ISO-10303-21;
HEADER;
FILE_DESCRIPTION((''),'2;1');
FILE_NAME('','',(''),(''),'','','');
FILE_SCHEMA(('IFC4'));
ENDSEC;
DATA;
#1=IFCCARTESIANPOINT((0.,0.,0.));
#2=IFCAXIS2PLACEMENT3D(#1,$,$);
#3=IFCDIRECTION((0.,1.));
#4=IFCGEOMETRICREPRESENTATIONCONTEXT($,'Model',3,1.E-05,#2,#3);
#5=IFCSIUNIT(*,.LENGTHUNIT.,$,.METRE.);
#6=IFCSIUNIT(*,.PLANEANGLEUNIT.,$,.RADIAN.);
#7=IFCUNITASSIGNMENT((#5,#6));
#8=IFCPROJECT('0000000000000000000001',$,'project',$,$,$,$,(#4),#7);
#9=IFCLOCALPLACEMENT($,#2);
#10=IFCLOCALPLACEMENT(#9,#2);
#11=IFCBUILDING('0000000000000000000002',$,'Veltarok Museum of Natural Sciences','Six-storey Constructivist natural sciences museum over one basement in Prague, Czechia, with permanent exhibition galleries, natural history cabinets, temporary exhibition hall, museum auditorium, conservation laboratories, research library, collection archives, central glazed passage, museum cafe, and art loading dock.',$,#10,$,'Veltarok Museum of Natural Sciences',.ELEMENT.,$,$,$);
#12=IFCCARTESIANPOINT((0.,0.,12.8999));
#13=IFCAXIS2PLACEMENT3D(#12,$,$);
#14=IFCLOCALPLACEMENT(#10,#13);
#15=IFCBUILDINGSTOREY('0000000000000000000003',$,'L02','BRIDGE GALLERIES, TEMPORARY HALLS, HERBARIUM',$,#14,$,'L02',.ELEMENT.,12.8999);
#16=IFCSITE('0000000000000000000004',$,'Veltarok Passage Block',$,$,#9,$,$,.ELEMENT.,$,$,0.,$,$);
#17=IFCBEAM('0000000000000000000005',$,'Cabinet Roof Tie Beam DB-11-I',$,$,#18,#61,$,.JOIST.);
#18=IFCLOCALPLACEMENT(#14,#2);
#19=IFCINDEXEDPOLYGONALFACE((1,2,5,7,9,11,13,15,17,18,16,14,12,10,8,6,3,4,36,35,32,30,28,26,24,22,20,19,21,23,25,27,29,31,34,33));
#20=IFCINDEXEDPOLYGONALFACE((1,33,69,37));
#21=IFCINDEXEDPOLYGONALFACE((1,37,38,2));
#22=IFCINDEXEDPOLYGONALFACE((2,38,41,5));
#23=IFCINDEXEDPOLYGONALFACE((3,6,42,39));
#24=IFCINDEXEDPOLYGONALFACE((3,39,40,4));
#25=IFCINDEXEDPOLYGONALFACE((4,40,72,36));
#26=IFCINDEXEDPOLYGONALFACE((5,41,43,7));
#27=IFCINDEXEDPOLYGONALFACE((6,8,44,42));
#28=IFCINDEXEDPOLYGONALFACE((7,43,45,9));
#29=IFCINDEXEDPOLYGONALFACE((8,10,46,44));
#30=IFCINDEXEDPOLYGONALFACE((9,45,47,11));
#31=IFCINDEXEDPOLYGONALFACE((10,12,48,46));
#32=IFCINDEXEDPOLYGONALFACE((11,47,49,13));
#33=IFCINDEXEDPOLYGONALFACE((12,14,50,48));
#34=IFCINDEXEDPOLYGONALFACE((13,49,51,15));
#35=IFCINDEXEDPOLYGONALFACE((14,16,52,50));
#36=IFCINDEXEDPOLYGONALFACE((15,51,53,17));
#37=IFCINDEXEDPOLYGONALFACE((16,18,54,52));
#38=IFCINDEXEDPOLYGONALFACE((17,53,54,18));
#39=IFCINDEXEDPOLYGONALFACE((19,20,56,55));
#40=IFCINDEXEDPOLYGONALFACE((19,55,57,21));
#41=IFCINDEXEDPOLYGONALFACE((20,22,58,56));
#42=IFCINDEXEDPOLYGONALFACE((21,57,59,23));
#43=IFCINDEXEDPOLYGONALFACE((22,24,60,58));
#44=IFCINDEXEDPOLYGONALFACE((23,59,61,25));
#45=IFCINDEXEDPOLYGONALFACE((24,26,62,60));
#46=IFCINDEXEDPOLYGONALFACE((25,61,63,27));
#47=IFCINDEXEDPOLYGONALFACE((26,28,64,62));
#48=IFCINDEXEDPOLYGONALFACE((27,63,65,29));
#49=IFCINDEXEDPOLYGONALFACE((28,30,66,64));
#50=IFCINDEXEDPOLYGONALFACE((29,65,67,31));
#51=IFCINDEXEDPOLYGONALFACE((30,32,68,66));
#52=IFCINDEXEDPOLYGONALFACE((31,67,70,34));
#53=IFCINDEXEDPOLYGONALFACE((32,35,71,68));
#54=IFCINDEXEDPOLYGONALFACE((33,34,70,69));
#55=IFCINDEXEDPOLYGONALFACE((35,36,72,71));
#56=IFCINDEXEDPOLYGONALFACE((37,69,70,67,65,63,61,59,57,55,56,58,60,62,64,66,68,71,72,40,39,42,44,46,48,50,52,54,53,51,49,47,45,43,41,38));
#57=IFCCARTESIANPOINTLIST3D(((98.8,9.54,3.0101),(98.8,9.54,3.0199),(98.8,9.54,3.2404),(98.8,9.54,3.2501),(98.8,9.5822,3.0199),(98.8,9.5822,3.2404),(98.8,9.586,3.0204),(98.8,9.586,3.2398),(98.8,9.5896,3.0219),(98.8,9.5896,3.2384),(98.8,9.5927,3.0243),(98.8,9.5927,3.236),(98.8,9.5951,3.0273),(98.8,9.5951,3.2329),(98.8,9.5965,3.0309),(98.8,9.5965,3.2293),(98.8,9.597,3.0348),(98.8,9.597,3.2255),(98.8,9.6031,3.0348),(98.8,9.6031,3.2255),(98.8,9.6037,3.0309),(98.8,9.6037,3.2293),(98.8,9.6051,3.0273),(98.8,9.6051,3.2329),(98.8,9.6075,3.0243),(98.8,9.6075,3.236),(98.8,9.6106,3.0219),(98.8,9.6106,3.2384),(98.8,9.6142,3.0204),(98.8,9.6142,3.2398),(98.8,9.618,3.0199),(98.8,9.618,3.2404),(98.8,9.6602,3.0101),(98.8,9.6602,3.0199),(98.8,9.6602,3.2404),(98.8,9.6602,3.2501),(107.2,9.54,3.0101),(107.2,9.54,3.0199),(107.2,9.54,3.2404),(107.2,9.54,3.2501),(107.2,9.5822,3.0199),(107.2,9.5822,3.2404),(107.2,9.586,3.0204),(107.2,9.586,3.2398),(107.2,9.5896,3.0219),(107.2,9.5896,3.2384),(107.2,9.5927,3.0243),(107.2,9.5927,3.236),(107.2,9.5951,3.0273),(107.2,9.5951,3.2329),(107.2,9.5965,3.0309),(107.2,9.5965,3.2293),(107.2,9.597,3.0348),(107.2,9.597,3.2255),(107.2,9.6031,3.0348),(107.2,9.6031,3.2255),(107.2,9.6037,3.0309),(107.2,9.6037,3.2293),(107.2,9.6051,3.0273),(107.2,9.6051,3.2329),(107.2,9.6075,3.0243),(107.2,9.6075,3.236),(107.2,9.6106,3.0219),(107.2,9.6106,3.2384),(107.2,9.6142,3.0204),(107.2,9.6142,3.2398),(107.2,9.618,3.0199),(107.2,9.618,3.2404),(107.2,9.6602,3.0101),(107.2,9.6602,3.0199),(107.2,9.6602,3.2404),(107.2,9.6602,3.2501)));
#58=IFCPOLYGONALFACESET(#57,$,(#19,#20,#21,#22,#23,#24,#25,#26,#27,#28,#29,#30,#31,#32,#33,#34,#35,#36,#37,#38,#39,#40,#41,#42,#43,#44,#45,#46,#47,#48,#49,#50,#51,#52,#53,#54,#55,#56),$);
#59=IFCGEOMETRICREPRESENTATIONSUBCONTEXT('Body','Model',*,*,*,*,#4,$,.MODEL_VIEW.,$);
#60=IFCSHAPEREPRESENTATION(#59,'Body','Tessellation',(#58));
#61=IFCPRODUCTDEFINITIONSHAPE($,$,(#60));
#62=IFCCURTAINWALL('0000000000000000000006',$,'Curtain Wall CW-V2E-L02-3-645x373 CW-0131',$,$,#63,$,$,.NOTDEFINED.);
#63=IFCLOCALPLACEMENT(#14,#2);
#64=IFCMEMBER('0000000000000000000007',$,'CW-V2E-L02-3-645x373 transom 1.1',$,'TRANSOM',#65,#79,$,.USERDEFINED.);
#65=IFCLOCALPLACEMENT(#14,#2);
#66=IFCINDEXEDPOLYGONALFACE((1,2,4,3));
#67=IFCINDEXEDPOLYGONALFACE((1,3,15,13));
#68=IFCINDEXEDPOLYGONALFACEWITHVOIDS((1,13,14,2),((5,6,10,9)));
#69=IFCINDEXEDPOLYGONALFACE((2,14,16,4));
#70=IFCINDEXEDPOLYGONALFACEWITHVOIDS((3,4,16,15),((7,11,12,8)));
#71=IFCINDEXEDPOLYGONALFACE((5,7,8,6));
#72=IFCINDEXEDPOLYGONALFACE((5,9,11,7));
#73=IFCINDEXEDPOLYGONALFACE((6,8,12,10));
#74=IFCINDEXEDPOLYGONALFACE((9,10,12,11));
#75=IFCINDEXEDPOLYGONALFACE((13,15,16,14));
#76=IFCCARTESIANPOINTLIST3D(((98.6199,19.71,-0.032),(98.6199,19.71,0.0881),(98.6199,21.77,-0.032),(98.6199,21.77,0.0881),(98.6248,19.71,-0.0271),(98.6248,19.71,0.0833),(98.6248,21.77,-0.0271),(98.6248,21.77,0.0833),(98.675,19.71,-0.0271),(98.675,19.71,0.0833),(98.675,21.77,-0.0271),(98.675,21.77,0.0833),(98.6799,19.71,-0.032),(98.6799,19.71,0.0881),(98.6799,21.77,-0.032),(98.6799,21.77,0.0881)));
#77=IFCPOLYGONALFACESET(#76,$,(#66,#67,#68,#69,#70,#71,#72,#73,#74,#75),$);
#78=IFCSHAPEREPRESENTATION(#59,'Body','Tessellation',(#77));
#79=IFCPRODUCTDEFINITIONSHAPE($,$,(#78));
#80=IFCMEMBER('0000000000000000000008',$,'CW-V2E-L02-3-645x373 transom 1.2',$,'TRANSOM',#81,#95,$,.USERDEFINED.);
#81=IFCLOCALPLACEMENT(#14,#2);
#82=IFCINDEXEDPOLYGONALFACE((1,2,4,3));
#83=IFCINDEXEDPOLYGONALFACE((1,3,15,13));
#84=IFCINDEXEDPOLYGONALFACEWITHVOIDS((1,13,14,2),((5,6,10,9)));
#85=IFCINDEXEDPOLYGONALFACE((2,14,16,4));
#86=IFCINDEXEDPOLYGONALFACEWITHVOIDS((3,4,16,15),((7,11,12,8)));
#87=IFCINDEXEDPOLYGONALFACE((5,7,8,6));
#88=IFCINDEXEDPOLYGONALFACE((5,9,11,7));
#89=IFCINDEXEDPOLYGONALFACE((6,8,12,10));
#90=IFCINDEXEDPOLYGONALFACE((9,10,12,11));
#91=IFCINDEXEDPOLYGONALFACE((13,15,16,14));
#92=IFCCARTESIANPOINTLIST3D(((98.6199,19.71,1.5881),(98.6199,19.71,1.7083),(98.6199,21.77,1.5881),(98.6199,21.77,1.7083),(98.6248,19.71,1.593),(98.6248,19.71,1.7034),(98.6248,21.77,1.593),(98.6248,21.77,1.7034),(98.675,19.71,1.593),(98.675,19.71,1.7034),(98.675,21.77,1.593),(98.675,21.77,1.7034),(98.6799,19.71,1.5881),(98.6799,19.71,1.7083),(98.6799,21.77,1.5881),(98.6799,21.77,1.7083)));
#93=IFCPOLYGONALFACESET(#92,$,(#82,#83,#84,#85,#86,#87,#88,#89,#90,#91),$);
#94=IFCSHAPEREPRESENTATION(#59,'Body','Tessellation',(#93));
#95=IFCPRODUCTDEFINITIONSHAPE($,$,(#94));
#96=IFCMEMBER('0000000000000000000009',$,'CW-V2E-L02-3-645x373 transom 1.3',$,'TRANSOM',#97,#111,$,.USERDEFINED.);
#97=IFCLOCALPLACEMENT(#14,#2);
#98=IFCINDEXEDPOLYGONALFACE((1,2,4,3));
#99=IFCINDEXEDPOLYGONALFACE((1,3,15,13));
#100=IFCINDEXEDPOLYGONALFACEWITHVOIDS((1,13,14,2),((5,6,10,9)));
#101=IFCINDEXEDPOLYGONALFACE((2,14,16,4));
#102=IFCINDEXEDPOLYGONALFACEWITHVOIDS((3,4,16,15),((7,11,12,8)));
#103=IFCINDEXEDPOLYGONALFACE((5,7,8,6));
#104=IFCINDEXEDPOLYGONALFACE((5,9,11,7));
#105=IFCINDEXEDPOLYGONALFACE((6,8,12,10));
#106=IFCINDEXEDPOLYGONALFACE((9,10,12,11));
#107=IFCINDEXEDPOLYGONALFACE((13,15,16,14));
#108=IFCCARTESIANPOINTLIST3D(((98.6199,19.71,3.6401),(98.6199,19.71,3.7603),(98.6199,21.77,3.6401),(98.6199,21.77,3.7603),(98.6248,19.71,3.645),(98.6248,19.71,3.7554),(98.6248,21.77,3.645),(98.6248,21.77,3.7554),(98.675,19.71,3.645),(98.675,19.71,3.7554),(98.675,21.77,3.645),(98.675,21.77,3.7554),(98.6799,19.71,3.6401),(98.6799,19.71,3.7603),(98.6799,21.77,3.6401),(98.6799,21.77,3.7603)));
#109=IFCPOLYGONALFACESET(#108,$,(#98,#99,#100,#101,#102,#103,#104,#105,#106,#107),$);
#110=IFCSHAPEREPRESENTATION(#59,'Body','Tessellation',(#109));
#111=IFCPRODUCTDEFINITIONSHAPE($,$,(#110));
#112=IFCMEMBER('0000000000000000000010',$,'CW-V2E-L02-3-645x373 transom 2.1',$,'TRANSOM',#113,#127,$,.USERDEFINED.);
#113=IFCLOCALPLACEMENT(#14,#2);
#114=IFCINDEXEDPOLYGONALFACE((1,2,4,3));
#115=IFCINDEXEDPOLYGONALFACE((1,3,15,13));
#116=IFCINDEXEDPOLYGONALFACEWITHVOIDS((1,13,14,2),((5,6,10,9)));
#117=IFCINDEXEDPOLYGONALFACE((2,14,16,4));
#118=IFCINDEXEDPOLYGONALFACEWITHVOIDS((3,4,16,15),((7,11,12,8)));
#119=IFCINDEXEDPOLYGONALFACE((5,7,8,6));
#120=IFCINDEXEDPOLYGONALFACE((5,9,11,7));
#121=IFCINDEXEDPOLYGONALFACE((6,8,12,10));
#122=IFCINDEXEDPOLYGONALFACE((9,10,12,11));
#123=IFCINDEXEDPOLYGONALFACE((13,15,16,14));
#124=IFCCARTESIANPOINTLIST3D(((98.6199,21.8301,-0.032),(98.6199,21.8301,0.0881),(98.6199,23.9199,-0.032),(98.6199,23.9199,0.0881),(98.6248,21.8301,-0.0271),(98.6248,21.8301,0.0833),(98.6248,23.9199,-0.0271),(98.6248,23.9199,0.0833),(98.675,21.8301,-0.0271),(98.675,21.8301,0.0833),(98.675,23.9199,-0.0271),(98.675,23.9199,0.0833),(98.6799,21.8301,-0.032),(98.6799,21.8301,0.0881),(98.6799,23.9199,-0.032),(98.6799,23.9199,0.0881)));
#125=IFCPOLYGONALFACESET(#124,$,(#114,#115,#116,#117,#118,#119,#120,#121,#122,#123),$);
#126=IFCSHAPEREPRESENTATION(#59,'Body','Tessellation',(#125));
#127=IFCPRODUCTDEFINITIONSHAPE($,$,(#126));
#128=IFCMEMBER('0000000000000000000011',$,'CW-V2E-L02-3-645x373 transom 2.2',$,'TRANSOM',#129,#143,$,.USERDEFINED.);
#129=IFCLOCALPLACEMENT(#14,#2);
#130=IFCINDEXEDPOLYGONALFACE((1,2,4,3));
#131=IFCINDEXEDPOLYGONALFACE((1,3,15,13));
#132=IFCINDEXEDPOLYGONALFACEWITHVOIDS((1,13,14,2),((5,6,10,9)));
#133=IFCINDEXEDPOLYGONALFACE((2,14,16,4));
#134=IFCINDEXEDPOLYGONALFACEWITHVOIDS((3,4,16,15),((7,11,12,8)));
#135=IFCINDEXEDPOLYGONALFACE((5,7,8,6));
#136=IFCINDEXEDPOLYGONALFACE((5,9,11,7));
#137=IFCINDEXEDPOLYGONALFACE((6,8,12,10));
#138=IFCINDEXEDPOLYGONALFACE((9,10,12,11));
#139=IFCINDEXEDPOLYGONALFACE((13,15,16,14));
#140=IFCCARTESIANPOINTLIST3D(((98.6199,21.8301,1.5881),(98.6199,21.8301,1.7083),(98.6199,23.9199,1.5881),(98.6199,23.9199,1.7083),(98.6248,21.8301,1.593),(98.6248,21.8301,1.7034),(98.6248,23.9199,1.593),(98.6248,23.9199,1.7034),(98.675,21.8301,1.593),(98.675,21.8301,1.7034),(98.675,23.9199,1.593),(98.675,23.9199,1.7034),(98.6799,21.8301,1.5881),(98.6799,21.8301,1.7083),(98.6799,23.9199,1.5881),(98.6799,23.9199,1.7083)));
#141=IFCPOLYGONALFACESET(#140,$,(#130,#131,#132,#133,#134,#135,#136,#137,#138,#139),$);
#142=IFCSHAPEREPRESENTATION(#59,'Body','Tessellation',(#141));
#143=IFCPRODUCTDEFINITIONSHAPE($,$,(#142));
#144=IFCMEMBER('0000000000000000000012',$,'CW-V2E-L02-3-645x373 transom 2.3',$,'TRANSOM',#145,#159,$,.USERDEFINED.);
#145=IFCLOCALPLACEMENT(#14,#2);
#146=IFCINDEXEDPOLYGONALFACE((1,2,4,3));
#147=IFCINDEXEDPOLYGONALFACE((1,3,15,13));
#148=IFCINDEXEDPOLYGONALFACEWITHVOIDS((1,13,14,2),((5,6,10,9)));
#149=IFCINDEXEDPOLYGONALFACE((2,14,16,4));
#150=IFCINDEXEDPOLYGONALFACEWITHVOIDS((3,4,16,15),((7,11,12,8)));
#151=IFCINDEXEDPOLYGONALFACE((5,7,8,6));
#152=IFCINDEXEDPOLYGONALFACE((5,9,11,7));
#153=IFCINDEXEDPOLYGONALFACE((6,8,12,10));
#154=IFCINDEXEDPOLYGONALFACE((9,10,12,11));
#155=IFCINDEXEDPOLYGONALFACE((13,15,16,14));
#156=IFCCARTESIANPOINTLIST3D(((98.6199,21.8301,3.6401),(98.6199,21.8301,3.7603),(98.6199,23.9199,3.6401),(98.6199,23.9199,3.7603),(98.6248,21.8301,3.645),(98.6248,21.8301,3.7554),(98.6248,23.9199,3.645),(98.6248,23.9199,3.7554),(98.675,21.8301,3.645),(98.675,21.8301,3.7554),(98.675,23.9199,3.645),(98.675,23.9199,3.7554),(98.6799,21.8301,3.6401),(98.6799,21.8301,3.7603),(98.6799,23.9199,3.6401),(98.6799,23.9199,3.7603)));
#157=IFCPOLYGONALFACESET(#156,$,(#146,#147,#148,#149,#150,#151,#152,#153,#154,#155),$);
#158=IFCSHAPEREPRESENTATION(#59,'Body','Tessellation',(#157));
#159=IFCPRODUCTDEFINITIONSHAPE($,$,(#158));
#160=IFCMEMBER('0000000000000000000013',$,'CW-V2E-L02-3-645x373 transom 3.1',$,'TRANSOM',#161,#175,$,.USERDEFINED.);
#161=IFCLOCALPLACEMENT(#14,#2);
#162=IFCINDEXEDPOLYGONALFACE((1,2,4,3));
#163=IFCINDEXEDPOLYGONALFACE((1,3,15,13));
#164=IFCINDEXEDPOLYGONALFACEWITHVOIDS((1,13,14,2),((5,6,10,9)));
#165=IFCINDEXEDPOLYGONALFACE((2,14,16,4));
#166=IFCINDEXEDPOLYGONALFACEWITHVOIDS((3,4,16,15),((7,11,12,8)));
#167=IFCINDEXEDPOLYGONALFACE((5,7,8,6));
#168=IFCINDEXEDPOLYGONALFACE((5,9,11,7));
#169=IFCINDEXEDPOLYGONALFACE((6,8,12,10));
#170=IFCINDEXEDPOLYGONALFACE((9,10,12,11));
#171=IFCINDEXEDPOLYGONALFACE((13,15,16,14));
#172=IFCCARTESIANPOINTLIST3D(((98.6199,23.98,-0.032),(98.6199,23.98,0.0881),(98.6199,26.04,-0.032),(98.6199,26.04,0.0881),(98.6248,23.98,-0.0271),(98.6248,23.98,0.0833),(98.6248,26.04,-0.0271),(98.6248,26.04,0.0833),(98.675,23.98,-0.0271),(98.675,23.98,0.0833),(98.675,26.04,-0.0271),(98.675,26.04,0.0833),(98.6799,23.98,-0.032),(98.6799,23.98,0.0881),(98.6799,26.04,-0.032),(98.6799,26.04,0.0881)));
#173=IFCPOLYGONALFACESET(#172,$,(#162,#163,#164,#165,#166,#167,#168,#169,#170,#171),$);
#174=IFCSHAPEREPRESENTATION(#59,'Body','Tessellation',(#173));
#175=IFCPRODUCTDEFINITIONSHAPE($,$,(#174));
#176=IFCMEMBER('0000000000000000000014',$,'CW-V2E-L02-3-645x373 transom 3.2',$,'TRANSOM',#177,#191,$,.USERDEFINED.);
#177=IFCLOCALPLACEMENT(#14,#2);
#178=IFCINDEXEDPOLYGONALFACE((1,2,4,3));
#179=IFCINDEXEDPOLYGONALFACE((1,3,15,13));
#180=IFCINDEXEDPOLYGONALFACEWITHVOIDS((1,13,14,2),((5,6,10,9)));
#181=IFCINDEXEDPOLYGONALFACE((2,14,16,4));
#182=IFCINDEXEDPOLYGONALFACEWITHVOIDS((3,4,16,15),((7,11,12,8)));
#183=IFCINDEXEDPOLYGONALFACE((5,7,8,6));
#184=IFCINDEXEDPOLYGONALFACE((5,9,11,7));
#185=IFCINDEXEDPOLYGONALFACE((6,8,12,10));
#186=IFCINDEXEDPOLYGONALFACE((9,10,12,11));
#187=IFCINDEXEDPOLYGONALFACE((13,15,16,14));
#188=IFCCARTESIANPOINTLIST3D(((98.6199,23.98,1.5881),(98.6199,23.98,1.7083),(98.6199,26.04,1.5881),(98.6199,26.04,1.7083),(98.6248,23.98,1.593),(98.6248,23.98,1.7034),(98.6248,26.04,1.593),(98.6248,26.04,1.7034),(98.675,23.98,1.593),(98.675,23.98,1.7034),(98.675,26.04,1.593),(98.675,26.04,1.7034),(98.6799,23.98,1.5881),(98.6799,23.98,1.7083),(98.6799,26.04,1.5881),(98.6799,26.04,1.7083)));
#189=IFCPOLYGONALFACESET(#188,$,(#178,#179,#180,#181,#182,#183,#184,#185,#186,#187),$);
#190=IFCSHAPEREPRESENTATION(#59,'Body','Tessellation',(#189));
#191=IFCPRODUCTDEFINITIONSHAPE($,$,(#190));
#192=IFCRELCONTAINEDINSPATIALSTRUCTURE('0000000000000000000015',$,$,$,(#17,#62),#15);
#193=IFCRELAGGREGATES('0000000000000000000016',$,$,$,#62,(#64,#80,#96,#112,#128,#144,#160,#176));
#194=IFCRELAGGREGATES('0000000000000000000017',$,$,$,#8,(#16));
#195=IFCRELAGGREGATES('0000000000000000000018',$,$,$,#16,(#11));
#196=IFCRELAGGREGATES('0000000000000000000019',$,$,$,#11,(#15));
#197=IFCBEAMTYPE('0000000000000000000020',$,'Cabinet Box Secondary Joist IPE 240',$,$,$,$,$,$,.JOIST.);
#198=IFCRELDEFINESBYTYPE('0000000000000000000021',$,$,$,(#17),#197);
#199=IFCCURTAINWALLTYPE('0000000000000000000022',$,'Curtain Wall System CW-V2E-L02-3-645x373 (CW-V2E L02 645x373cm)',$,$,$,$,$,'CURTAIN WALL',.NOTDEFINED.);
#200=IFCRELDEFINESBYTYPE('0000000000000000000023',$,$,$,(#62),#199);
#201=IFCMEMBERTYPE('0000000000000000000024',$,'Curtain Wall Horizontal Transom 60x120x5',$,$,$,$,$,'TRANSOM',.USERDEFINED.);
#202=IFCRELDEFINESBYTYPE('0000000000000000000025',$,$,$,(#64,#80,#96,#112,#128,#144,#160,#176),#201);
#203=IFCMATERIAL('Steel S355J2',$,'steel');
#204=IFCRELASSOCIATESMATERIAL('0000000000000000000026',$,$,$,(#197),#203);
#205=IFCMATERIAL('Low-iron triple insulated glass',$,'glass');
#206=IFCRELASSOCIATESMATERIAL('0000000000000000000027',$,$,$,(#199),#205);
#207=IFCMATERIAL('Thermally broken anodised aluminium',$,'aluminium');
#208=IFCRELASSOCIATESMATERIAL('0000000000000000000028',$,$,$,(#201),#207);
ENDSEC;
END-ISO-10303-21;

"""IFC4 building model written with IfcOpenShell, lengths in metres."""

from ifc_helpers import new_model, si_unit, direction, frame, origin, origin_2d, place, context, subcontext, project, spatial, hollow_rectangle, i_section, extrude, material, material_profile, profile_set, type_object, element, aggregate, save


model = new_model("IFC4")

# Units and contexts
model_context = context("Model", 3, precision=1e-05, world=origin(), true_north=direction((0.0, 1.0)))
body_context = subcontext(model_context, "Body", "Model", "MODEL_VIEW")
ifc_project = project(units=[si_unit("LENGTHUNIT", "METRE"), si_unit("PLANEANGLEUNIT", "RADIAN")], contexts=[model_context])

# Site, building, storey
site_placement = place(None, origin())
site = spatial("IfcSite", under=ifc_project, at=site_placement, Name="Veltarok Passage Block", CompositionType="ELEMENT", RefElevation=0.0)
building_placement = place(site_placement, origin())
building = spatial("IfcBuilding", under=site, at=building_placement, Name="Veltarok Museum of Natural Sciences", Description="Six-storey Constructivist natural sciences museum over one basement in Prague, Czechia, with permanent exhibition galleries, natural history cabinets, temporary exhibition hall, museum auditorium, conservation laboratories, research library, collection archives, central glazed passage, museum cafe, and art loading dock.", LongName="Veltarok Museum of Natural Sciences", CompositionType="ELEMENT")
storey_placement = place(building_placement, frame((0.0, 0.0, 12.8999)))
storey = spatial("IfcBuildingStorey", under=building, at=storey_placement, Name="L02", Description="BRIDGE GALLERIES, TEMPORARY HALLS, HERBARIUM", LongName="L02", CompositionType="ELEMENT", Elevation=12.8999)

# Shared definitions
ifc_material_1 = material(Name="Steel S355J2", Category="steel")

# Beam
ifc_material_profile_1 = material_profile(ifc_material_1, i_section(OverallWidth=0.1201, OverallDepth=0.24, WebThickness=0.0061, FlangeThickness=0.0098, FilletRadius=0.0149, at=origin_2d()), Name="IPE 240")
ifc_profile_set_1 = profile_set([ifc_material_profile_1], Name="Steel S355J2")
beam_type_1 = type_object("IfcBeamType", Name="Cabinet Box Secondary Joist IPE 240", PredefinedType="JOIST", material=ifc_profile_set_1)
beam_1_placement = place(storey_placement, frame((98.8, 9.6001, 3.1301), z_axis=(1.0, 0.0, 0.0), x_axis=(0.0, 1.0, 0.0)))
element("IfcBeam", 1, at=beam_1_placement, inside=storey, type_object=beam_type_1, Name="Cabinet Roof Tie Beam DB-11-I", PredefinedType="JOIST", context=body_context, shape_type="SweptSolid", body=[
    extrude(i_section(OverallWidth=0.1201, OverallDepth=0.24, WebThickness=0.0061, FlangeThickness=0.0098, FilletRadius=0.0149, at=origin_2d()), origin(), (0.0, 0.0, 1.0), 8.3999),
])

# Curtain wall, members
ifc_material_2 = material(Name="Low-iron triple insulated glass", Category="glass")
curtain_wall_type = type_object("IfcCurtainWallType", Name="Curtain Wall System CW-V2E-L02-3-645x373 (CW-V2E L02 645x373cm)", ElementType="CURTAIN WALL", PredefinedType="NOTDEFINED", material=ifc_material_2)
curtain_wall_placement = place(storey_placement, origin())
curtain_wall = element("IfcCurtainWall", 2, at=curtain_wall_placement, inside=storey, type_object=curtain_wall_type, Name="Curtain Wall CW-V2E-L02-3-645x373 CW-0131", PredefinedType="NOTDEFINED")
ifc_material_3 = material(Name="Thermally broken anodised aluminium", Category="aluminium")
ifc_material_profile_2 = material_profile(ifc_material_3, hollow_rectangle(XDim=0.0601, YDim=0.1201, WallThickness=0.0049, at=origin_2d()), Name="CW TRANSOM 60x120x5")
ifc_profile_set_2 = profile_set([ifc_material_profile_2], Name="Thermally broken anodised aluminium")
member_type_1 = type_object("IfcMemberType", Name="Curtain Wall Horizontal Transom 60x120x5", ElementType="TRANSOM", PredefinedType="USERDEFINED", material=ifc_profile_set_2)
member_1_placement = place(storey_placement, frame((98.6499, 19.71, 0.0281), z_axis=(0.0, 1.0, 0.0), x_axis=(-1.0, 0.0, 0.0)))
member_1 = element("IfcMember", 3, at=member_1_placement, type_object=member_type_1, Name="CW-V2E-L02-3-645x373 transom 1.1", ObjectType="TRANSOM", PredefinedType="USERDEFINED", context=body_context, shape_type="SweptSolid", body=[
    extrude(hollow_rectangle(XDim=0.0601, YDim=0.1201, WallThickness=0.0049, at=origin_2d()), origin(), (0.0, 0.0, 1.0), 2.0601),
])
member_2_placement = place(storey_placement, frame((98.6499, 19.71, 1.6482), z_axis=(0.0, 1.0, 0.0), x_axis=(-1.0, 0.0, 0.0)))
member_2 = element("IfcMember", 4, at=member_2_placement, type_object=member_type_1, Name="CW-V2E-L02-3-645x373 transom 1.2", ObjectType="TRANSOM", PredefinedType="USERDEFINED", context=body_context, shape_type="SweptSolid", body=[
    extrude(hollow_rectangle(XDim=0.0601, YDim=0.1201, WallThickness=0.0049, at=origin_2d()), origin(), (0.0, 0.0, 1.0), 2.0601),
])
member_3_placement = place(storey_placement, frame((98.6499, 19.71, 3.7002), z_axis=(0.0, 1.0, 0.0), x_axis=(-1.0, 0.0, 0.0)))
member_3 = element("IfcMember", 5, at=member_3_placement, type_object=member_type_1, Name="CW-V2E-L02-3-645x373 transom 1.3", ObjectType="TRANSOM", PredefinedType="USERDEFINED", context=body_context, shape_type="SweptSolid", body=[
    extrude(hollow_rectangle(XDim=0.0601, YDim=0.1201, WallThickness=0.0049, at=origin_2d()), origin(), (0.0, 0.0, 1.0), 2.0601),
])
member_4_placement = place(storey_placement, frame((98.6499, 21.8301, 0.0281), z_axis=(0.0, 1.0, 0.0), x_axis=(-1.0, 0.0, 0.0)))
member_4 = element("IfcMember", 6, at=member_4_placement, type_object=member_type_1, Name="CW-V2E-L02-3-645x373 transom 2.1", ObjectType="TRANSOM", PredefinedType="USERDEFINED", context=body_context, shape_type="SweptSolid", body=[
    extrude(hollow_rectangle(XDim=0.0601, YDim=0.1201, WallThickness=0.0049, at=origin_2d()), origin(), (0.0, 0.0, 1.0), 2.0898),
])
member_5_placement = place(storey_placement, frame((98.6499, 21.8301, 1.6482), z_axis=(0.0, 1.0, 0.0), x_axis=(-1.0, 0.0, 0.0)))
member_5 = element("IfcMember", 7, at=member_5_placement, type_object=member_type_1, Name="CW-V2E-L02-3-645x373 transom 2.2", ObjectType="TRANSOM", PredefinedType="USERDEFINED", context=body_context, shape_type="SweptSolid", body=[
    extrude(hollow_rectangle(XDim=0.0601, YDim=0.1201, WallThickness=0.0049, at=origin_2d()), origin(), (0.0, 0.0, 1.0), 2.0898),
])
member_6_placement = place(storey_placement, frame((98.6499, 21.8301, 3.7002), z_axis=(0.0, 1.0, 0.0), x_axis=(-1.0, 0.0, 0.0)))
member_6 = element("IfcMember", 8, at=member_6_placement, type_object=member_type_1, Name="CW-V2E-L02-3-645x373 transom 2.3", ObjectType="TRANSOM", PredefinedType="USERDEFINED", context=body_context, shape_type="SweptSolid", body=[
    extrude(hollow_rectangle(XDim=0.0601, YDim=0.1201, WallThickness=0.0049, at=origin_2d()), origin(), (0.0, 0.0, 1.0), 2.0898),
])
member_7_placement = place(storey_placement, frame((98.6499, 23.98, 0.0281), z_axis=(0.0, 1.0, 0.0), x_axis=(-1.0, 0.0, 0.0)))
member_7 = element("IfcMember", 9, at=member_7_placement, type_object=member_type_1, Name="CW-V2E-L02-3-645x373 transom 3.1", ObjectType="TRANSOM", PredefinedType="USERDEFINED", context=body_context, shape_type="SweptSolid", body=[
    extrude(hollow_rectangle(XDim=0.0601, YDim=0.1201, WallThickness=0.0049, at=origin_2d()), origin(), (0.0, 0.0, 1.0), 2.0601),
])
member_8_placement = place(storey_placement, frame((98.6499, 23.98, 1.6482), z_axis=(0.0, 1.0, 0.0), x_axis=(-1.0, 0.0, 0.0)))
member_8 = element("IfcMember", 10, at=member_8_placement, type_object=member_type_1, Name="CW-V2E-L02-3-645x373 transom 3.2", ObjectType="TRANSOM", PredefinedType="USERDEFINED", context=body_context, shape_type="SweptSolid", body=[
    extrude(hollow_rectangle(XDim=0.0601, YDim=0.1201, WallThickness=0.0049, at=origin_2d()), origin(), (0.0, 0.0, 1.0), 2.0601),
])

aggregate(curtain_wall, [member_1, member_2, member_3, member_4, member_5, member_6, member_7, member_8])

save(model, "model.ifc")
